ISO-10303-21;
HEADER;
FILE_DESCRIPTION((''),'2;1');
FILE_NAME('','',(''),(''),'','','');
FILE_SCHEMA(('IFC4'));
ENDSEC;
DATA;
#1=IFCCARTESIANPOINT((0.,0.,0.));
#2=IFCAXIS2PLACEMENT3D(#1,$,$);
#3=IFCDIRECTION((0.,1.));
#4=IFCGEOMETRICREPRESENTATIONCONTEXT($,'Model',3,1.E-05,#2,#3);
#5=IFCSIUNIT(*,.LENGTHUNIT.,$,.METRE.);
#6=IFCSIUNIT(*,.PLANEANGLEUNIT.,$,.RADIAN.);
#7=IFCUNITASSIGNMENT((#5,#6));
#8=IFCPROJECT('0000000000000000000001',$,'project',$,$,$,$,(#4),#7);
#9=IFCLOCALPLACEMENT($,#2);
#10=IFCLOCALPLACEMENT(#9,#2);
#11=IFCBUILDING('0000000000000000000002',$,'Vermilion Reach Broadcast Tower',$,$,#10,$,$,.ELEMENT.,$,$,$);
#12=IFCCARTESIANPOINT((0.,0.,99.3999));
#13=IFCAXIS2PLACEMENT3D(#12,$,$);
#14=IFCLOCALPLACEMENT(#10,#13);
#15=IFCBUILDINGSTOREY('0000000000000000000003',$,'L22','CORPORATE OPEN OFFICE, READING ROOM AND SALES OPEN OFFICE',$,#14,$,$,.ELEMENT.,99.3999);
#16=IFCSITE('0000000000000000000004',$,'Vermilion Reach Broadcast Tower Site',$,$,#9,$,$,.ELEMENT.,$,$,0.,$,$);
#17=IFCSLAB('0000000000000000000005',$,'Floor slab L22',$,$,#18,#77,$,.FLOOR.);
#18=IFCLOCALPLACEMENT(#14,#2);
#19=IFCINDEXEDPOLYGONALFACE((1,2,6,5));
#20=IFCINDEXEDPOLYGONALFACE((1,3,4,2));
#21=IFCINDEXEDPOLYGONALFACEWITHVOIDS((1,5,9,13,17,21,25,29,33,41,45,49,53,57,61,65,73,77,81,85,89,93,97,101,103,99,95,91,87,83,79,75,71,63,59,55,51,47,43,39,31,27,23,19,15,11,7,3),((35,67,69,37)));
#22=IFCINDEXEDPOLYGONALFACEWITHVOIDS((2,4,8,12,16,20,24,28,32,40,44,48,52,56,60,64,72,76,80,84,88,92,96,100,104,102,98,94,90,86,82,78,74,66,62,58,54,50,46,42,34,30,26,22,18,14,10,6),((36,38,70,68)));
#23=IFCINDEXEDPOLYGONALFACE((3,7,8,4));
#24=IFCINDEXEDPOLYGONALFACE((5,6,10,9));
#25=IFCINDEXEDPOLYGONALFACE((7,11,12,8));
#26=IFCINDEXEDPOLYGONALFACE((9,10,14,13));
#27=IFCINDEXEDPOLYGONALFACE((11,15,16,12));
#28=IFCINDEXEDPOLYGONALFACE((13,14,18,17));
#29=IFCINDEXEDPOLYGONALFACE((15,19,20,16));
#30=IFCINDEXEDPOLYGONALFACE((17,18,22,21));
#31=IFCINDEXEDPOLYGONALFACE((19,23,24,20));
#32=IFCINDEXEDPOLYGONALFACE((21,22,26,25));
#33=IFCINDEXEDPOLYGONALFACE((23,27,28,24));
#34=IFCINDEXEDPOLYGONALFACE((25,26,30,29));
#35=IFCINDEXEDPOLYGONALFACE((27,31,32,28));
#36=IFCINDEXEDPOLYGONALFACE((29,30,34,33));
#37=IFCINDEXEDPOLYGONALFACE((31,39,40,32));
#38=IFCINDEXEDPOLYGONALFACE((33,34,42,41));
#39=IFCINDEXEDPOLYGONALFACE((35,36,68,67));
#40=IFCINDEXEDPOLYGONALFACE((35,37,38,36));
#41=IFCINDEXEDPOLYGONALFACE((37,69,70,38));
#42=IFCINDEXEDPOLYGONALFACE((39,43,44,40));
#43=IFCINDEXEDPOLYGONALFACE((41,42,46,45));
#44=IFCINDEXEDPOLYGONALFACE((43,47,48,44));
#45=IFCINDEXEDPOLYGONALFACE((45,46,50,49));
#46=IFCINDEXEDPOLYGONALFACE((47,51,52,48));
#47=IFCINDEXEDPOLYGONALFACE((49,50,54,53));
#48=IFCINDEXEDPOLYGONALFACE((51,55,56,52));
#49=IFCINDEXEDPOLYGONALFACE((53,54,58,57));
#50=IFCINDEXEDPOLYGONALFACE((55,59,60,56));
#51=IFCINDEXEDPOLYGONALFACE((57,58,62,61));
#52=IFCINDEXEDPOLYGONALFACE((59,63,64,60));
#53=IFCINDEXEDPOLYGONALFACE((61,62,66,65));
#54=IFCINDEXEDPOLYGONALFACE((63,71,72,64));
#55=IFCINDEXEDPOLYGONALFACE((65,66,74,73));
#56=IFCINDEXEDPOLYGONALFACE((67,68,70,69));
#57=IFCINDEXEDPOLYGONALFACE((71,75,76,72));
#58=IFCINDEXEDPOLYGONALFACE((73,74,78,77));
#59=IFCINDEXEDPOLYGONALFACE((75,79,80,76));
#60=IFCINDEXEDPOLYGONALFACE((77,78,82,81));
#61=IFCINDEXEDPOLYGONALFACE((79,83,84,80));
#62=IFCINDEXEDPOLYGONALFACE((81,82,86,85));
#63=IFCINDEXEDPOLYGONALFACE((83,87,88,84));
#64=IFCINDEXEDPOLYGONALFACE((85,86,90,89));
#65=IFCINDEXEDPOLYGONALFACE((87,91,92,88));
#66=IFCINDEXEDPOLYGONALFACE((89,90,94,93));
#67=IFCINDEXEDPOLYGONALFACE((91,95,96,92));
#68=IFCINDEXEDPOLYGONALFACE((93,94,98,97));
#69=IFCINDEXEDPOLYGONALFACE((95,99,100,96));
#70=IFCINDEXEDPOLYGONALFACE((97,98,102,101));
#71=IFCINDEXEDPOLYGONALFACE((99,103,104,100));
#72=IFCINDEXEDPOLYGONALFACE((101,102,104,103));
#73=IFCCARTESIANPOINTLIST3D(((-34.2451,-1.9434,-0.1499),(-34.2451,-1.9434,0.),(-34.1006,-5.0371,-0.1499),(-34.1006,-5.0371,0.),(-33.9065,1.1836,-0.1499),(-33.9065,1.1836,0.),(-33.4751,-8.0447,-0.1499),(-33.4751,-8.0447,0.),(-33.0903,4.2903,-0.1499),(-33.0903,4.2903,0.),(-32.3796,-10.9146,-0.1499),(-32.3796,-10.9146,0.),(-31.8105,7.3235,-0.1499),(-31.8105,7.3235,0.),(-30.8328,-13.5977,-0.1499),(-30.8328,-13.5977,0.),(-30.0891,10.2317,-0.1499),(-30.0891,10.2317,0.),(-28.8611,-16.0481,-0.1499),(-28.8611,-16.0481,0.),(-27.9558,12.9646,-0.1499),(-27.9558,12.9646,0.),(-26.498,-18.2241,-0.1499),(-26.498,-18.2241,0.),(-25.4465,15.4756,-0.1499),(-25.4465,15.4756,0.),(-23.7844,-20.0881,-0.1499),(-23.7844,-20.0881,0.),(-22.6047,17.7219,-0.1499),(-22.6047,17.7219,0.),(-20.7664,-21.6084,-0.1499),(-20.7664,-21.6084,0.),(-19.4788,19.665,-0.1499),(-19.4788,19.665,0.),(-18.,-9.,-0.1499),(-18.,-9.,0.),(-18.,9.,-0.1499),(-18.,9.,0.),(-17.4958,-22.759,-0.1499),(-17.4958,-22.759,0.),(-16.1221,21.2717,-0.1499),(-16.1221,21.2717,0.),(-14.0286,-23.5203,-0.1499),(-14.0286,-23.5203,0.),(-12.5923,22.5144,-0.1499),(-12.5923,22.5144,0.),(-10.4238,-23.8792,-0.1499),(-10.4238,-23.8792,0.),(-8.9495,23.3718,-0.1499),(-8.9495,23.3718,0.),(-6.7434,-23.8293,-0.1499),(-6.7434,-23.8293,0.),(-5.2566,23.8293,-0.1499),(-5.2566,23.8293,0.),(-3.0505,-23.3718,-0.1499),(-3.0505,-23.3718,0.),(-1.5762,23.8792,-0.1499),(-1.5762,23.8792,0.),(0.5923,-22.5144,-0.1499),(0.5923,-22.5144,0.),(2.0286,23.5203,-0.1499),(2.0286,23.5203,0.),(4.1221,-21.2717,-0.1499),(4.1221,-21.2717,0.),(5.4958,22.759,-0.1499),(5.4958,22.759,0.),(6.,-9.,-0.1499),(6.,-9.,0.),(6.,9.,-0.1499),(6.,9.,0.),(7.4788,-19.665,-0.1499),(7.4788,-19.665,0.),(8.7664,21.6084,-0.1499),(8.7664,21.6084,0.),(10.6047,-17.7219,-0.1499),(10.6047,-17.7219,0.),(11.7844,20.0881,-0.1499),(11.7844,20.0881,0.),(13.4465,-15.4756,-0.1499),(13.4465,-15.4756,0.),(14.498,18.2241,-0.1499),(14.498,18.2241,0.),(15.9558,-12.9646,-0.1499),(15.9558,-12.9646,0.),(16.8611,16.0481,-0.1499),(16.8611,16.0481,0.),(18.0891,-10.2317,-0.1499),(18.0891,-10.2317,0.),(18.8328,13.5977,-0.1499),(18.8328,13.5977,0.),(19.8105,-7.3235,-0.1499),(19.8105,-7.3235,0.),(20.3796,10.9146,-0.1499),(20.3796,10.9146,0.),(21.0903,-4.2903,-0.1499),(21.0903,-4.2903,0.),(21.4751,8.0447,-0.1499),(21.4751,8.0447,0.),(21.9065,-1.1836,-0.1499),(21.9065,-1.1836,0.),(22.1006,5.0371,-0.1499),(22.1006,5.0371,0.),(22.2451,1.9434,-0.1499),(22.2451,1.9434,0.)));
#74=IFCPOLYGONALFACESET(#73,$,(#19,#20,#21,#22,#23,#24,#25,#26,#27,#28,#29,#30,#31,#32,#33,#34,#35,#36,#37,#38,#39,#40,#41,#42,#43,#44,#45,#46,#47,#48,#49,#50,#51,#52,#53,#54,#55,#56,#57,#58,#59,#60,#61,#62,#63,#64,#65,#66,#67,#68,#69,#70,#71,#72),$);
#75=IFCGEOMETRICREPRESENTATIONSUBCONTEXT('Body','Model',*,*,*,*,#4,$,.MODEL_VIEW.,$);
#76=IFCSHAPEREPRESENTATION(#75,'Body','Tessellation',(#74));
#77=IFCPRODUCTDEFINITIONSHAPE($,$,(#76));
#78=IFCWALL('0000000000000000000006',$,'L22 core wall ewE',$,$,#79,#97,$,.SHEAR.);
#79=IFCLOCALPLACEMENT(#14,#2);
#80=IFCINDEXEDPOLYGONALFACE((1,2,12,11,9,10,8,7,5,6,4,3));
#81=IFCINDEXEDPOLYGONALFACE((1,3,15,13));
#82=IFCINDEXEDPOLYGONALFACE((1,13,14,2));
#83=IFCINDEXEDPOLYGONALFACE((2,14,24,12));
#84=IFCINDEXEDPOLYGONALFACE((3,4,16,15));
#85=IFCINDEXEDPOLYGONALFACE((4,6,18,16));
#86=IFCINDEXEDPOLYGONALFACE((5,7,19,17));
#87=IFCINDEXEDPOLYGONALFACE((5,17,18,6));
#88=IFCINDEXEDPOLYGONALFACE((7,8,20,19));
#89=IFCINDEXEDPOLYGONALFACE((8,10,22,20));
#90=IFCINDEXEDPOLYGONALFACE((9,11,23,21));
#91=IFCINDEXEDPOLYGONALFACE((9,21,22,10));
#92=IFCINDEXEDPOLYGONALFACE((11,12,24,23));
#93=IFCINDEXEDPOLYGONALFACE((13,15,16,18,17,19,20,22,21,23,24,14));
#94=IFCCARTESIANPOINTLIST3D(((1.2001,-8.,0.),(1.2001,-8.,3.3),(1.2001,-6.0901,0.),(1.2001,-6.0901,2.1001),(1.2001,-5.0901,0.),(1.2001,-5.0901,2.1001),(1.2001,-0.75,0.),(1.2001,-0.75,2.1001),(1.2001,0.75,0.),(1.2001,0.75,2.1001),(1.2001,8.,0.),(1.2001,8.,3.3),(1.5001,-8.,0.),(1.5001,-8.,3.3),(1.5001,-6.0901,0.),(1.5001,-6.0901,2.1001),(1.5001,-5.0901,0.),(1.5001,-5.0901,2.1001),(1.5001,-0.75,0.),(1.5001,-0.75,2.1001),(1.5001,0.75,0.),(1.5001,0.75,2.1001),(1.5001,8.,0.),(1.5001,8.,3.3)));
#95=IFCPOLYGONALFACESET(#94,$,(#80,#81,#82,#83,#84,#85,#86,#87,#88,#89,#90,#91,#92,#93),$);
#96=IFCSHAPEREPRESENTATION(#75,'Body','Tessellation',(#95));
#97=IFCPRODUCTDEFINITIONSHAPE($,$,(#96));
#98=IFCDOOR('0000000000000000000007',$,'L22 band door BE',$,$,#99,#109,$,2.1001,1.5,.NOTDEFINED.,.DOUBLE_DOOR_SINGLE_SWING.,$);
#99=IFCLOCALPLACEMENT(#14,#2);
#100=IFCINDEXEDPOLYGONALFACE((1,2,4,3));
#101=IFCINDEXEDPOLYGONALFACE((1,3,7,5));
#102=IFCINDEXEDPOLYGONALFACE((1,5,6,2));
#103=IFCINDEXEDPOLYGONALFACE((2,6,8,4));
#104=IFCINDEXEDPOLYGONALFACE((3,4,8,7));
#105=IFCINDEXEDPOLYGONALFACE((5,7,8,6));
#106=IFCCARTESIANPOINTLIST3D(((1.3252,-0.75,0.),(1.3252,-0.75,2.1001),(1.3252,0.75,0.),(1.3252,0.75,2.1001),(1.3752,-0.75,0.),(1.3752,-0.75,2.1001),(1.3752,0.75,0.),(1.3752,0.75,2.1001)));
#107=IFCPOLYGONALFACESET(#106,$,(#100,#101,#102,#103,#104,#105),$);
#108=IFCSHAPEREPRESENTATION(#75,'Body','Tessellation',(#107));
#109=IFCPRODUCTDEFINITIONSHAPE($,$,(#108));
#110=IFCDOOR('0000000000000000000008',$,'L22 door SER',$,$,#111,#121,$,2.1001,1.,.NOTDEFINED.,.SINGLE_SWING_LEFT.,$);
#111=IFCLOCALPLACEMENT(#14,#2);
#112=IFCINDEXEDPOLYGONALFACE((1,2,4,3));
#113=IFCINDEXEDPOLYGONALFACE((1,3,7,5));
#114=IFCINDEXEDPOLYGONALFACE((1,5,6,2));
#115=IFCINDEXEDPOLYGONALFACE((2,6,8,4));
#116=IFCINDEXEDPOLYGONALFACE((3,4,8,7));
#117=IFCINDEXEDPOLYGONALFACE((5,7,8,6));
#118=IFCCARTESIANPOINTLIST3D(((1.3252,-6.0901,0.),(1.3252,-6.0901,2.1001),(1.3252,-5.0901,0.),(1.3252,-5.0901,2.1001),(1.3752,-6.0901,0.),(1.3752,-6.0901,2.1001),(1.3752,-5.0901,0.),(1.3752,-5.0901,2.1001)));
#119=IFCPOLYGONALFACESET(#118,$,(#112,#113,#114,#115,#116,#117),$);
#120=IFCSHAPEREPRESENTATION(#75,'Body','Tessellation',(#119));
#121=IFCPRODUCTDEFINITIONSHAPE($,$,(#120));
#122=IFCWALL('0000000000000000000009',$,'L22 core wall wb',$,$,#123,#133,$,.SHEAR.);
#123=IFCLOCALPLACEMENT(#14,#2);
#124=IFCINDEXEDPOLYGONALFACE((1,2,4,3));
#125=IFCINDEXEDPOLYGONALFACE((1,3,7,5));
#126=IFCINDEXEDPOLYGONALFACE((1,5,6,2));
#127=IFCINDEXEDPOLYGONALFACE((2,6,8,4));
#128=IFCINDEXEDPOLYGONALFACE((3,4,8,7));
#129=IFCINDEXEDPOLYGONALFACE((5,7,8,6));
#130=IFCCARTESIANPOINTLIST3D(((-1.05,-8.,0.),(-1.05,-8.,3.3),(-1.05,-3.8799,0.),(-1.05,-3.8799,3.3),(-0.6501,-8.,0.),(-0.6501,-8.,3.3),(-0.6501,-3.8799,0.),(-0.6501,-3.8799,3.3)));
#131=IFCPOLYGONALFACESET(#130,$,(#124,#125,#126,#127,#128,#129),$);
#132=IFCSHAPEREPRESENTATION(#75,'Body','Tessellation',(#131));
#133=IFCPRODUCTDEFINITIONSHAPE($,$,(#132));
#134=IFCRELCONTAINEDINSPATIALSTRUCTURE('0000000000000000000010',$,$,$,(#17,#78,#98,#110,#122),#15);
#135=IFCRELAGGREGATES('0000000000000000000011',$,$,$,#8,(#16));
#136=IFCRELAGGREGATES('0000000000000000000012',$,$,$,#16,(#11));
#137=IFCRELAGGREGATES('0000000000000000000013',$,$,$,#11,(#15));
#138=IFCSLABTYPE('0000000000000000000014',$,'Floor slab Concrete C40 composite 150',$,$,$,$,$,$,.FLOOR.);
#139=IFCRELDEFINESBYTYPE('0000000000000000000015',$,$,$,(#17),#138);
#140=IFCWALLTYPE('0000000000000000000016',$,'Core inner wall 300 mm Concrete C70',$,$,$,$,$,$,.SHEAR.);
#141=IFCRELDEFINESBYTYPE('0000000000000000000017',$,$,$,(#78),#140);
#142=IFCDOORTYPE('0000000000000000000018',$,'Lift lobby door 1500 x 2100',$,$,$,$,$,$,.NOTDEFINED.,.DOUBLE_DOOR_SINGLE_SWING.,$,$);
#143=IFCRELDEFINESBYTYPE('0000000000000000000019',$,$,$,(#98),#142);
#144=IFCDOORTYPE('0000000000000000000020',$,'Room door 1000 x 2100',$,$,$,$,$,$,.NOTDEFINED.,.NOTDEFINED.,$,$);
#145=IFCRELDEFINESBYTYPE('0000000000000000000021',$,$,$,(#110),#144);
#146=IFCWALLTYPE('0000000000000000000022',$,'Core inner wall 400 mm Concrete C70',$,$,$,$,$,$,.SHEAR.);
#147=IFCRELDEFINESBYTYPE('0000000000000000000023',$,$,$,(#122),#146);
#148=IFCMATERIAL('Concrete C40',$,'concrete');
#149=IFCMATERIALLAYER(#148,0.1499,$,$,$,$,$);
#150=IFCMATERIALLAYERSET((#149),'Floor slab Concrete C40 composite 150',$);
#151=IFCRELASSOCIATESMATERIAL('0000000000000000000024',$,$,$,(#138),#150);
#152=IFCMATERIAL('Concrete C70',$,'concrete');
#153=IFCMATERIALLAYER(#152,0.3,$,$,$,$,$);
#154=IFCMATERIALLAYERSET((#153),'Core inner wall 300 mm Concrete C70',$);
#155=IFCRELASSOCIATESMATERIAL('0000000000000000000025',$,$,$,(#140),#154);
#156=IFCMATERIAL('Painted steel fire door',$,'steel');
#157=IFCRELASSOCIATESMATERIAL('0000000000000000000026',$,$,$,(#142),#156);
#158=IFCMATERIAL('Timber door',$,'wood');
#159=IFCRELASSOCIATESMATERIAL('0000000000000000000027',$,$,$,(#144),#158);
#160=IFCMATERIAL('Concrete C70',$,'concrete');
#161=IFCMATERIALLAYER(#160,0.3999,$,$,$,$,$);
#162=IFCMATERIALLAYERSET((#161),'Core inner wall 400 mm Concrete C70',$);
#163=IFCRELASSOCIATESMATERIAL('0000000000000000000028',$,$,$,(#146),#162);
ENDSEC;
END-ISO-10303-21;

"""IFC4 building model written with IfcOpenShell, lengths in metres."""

from ifc_helpers import new_model, si_unit, direction, frame, frame_2d, origin, place, context, subcontext, project, spatial, polyline, rectangle, outline, extrude, material, layer, layer_set, type_object, element, fill, save


model = new_model("IFC4")

# Units and contexts
model_context = context("Model", 3, precision=1e-05, world=origin(), true_north=direction((0.0, 1.0)))
body_context = subcontext(model_context, "Body", "Model", "MODEL_VIEW")
ifc_project = project(units=[si_unit("LENGTHUNIT", "METRE"), si_unit("PLANEANGLEUNIT", "RADIAN")], contexts=[model_context])

# Site, building, storey
site_placement = place(None, origin())
site = spatial("IfcSite", under=ifc_project, at=site_placement, Name="Vermilion Reach Broadcast Tower Site", CompositionType="ELEMENT", RefElevation=0.0)
building_placement = place(site_placement, origin())
building = spatial("IfcBuilding", under=site, at=building_placement, Name="Vermilion Reach Broadcast Tower", CompositionType="ELEMENT")
storey_placement = place(building_placement, frame((0.0, 0.0, 99.3999)))
storey = spatial("IfcBuildingStorey", under=building, at=storey_placement, Name="L22", Description="CORPORATE OPEN OFFICE, READING ROOM AND SALES OPEN OFFICE", CompositionType="ELEMENT", Elevation=99.3999)

# Slab
ifc_material_1 = material(Name="Concrete C40", Category="concrete")
ifc_layer_1 = layer(ifc_material_1, 0.1499)
ifc_layer_set_1 = layer_set([ifc_layer_1], Name="Floor slab Concrete C40 composite 150")
slab_type_1 = type_object("IfcSlabType", Name="Floor slab Concrete C40 composite 150", PredefinedType="FLOOR", material=ifc_layer_set_1)
slab_1_placement = place(storey_placement, frame((0.0, 0.0, -0.1499)))
element("IfcSlab", 1, at=slab_1_placement, inside=storey, type_object=slab_type_1, Name="Floor slab L22", PredefinedType="FLOOR", context=body_context, shape_type="SweptSolid", body=[
    extrude(outline(polyline([(21.4751, 8.0447), (20.3796, 10.9146), (18.8328, 13.5977), (16.8611, 16.0481), (14.498, 18.2241), (11.7844, 20.0881), (8.7664, 21.6084), (5.4958, 22.759), (2.0286, 23.5203), (-1.5762, 23.8792), (-5.2566, 23.8293), (-8.9495, 23.3718), (-12.5923, 22.5144), (-16.1221, 21.2717), (-19.4788, 19.665), (-22.6047, 17.7219), (-25.4465, 15.4756), (-27.9558, 12.9646), (-30.0891, 10.2317), (-31.8105, 7.3235), (-33.0903, 4.2903), (-33.9065, 1.1836), (-34.2451, -1.9434), (-34.1006, -5.0371), (-33.4751, -8.0447), (-32.3796, -10.9146), (-30.8328, -13.5977), (-28.8611, -16.0481), (-26.498, -18.2241), (-23.7844, -20.0881), (-20.7664, -21.6084), (-17.4958, -22.759), (-14.0286, -23.5203), (-10.4238, -23.8792), (-6.7434, -23.8293), (-3.0505, -23.3718), (0.5923, -22.5144), (4.1221, -21.2717), (7.4788, -19.665), (10.6047, -17.7219), (13.4465, -15.4756), (15.9558, -12.9646), (18.0891, -10.2317), (19.8105, -7.3235), (21.0903, -4.2903), (21.9065, -1.1836), (22.2451, 1.9434), (22.1006, 5.0371), (21.4751, 8.0447)]), holes=[polyline([(-18.0, -9.0), (6.0, -9.0), (6.0, 9.0), (-18.0, 9.0), (-18.0, -9.0)])]), origin(), (0.0, 0.0, 1.0), 0.1499),
])

# Wall, openings, doors
ifc_material_2 = material(Name="Concrete C70", Category="concrete")
ifc_layer_2 = layer(ifc_material_2, 0.3)
ifc_layer_set_2 = layer_set([ifc_layer_2], Name="Core inner wall 300 mm Concrete C70")
wall_type_1 = type_object("IfcWallType", Name="Core inner wall 300 mm Concrete C70", PredefinedType="SHEAR", material=ifc_layer_set_2)
wall_1_placement = place(storey_placement, frame((1.3501, -8.0, 0.0), z_axis=(0.0, 0.0, 1.0), x_axis=(0.0, 1.0, 0.0)))
wall_1 = element("IfcWall", 2, at=wall_1_placement, inside=storey, type_object=wall_type_1, Name="L22 core wall ewE", PredefinedType="SHEAR", context=body_context, shape_type="SweptSolid", body=[
    extrude(rectangle(XDim=16.0, YDim=0.3, at=frame_2d((8.0, 0.0))), origin(), (0.0, 0.0, 1.0), 3.3),
])
opening_1_placement = place(wall_1_placement, frame((1.9099, 0.0, 0.0)))
opening_1 = element("IfcOpeningElement", 3, at=opening_1_placement, cuts=wall_1, PredefinedType="OPENING", context=body_context, shape_type="SweptSolid", body=[
    extrude(rectangle(XDim=1.0, YDim=2.1001, at=frame_2d((0.5, 1.05))), frame((0.0, 0.1599, 0.0), z_axis=(0.0, -1.0, 0.0), x_axis=(1.0, 0.0, 0.0)), (0.0, 0.0, 1.0), 0.3201),
])
opening_2_placement = place(wall_1_placement, frame((7.25, 0.0, 0.0)))
opening_2 = element("IfcOpeningElement", 4, at=opening_2_placement, cuts=wall_1, PredefinedType="OPENING", context=body_context, shape_type="SweptSolid", body=[
    extrude(rectangle(XDim=1.5, YDim=2.1001, at=frame_2d((0.75, 1.05))), frame((0.0, 0.1599, 0.0), z_axis=(0.0, -1.0, 0.0), x_axis=(1.0, 0.0, 0.0)), (0.0, 0.0, 1.0), 0.3201),
])
ifc_material_3 = material(Name="Painted steel fire door", Category="steel")
door_type_1 = type_object("IfcDoorType", Name="Lift lobby door 1500 x 2100", OperationType="DOUBLE_DOOR_SINGLE_SWING", PredefinedType="NOTDEFINED", material=ifc_material_3)
door_1_placement = place(opening_2_placement, origin())
door_1 = element("IfcDoor", 5, at=door_1_placement, inside=storey, type_object=door_type_1, Name="L22 band door BE", OperationType="DOUBLE_DOOR_SINGLE_SWING", OverallHeight=2.1001, OverallWidth=1.5, PredefinedType="NOTDEFINED", context=body_context, shape_type="SweptSolid", body=[
    extrude(rectangle(XDim=1.5, YDim=2.1001, at=frame_2d((0.75, 1.05))), frame((0.0, 0.0249, 0.0), z_axis=(0.0, -1.0, 0.0), x_axis=(1.0, 0.0, 0.0)), (0.0, 0.0, 1.0), 0.05),
])
fill(opening_2, door_1)
ifc_material_4 = material(Name="Timber door", Category="wood")
door_type_2 = type_object("IfcDoorType", Name="Room door 1000 x 2100", OperationType="NOTDEFINED", PredefinedType="NOTDEFINED", material=ifc_material_4)
door_2_placement = place(opening_1_placement, origin())
door_2 = element("IfcDoor", 6, at=door_2_placement, inside=storey, type_object=door_type_2, Name="L22 door SER", OperationType="SINGLE_SWING_LEFT", OverallHeight=2.1001, OverallWidth=1.0, PredefinedType="NOTDEFINED", context=body_context, shape_type="SweptSolid", body=[
    extrude(rectangle(XDim=1.0, YDim=2.1001, at=frame_2d((0.5, 1.05))), frame((0.0, 0.0249, 0.0), z_axis=(0.0, -1.0, 0.0), x_axis=(1.0, 0.0, 0.0)), (0.0, 0.0, 1.0), 0.05),
])
fill(opening_1, door_2)

# Wall
ifc_material_5 = material(Name="Concrete C70", Category="concrete")
ifc_layer_3 = layer(ifc_material_5, 0.3999)
ifc_layer_set_3 = layer_set([ifc_layer_3], Name="Core inner wall 400 mm Concrete C70")
wall_type_2 = type_object("IfcWallType", Name="Core inner wall 400 mm Concrete C70", PredefinedType="SHEAR", material=ifc_layer_set_3)
wall_2_placement = place(storey_placement, frame((-0.8501, -3.8799, 0.0), z_axis=(0.0, 0.0, 1.0), x_axis=(0.0, -1.0, 0.0)))
element("IfcWall", 7, at=wall_2_placement, inside=storey, type_object=wall_type_2, Name="L22 core wall wb", PredefinedType="SHEAR", context=body_context, shape_type="SweptSolid", body=[
    extrude(rectangle(XDim=4.1201, YDim=0.3999, at=frame_2d((2.0601, 0.0))), origin(), (0.0, 0.0, 1.0), 3.3),
])

save(model, "model.ifc")
